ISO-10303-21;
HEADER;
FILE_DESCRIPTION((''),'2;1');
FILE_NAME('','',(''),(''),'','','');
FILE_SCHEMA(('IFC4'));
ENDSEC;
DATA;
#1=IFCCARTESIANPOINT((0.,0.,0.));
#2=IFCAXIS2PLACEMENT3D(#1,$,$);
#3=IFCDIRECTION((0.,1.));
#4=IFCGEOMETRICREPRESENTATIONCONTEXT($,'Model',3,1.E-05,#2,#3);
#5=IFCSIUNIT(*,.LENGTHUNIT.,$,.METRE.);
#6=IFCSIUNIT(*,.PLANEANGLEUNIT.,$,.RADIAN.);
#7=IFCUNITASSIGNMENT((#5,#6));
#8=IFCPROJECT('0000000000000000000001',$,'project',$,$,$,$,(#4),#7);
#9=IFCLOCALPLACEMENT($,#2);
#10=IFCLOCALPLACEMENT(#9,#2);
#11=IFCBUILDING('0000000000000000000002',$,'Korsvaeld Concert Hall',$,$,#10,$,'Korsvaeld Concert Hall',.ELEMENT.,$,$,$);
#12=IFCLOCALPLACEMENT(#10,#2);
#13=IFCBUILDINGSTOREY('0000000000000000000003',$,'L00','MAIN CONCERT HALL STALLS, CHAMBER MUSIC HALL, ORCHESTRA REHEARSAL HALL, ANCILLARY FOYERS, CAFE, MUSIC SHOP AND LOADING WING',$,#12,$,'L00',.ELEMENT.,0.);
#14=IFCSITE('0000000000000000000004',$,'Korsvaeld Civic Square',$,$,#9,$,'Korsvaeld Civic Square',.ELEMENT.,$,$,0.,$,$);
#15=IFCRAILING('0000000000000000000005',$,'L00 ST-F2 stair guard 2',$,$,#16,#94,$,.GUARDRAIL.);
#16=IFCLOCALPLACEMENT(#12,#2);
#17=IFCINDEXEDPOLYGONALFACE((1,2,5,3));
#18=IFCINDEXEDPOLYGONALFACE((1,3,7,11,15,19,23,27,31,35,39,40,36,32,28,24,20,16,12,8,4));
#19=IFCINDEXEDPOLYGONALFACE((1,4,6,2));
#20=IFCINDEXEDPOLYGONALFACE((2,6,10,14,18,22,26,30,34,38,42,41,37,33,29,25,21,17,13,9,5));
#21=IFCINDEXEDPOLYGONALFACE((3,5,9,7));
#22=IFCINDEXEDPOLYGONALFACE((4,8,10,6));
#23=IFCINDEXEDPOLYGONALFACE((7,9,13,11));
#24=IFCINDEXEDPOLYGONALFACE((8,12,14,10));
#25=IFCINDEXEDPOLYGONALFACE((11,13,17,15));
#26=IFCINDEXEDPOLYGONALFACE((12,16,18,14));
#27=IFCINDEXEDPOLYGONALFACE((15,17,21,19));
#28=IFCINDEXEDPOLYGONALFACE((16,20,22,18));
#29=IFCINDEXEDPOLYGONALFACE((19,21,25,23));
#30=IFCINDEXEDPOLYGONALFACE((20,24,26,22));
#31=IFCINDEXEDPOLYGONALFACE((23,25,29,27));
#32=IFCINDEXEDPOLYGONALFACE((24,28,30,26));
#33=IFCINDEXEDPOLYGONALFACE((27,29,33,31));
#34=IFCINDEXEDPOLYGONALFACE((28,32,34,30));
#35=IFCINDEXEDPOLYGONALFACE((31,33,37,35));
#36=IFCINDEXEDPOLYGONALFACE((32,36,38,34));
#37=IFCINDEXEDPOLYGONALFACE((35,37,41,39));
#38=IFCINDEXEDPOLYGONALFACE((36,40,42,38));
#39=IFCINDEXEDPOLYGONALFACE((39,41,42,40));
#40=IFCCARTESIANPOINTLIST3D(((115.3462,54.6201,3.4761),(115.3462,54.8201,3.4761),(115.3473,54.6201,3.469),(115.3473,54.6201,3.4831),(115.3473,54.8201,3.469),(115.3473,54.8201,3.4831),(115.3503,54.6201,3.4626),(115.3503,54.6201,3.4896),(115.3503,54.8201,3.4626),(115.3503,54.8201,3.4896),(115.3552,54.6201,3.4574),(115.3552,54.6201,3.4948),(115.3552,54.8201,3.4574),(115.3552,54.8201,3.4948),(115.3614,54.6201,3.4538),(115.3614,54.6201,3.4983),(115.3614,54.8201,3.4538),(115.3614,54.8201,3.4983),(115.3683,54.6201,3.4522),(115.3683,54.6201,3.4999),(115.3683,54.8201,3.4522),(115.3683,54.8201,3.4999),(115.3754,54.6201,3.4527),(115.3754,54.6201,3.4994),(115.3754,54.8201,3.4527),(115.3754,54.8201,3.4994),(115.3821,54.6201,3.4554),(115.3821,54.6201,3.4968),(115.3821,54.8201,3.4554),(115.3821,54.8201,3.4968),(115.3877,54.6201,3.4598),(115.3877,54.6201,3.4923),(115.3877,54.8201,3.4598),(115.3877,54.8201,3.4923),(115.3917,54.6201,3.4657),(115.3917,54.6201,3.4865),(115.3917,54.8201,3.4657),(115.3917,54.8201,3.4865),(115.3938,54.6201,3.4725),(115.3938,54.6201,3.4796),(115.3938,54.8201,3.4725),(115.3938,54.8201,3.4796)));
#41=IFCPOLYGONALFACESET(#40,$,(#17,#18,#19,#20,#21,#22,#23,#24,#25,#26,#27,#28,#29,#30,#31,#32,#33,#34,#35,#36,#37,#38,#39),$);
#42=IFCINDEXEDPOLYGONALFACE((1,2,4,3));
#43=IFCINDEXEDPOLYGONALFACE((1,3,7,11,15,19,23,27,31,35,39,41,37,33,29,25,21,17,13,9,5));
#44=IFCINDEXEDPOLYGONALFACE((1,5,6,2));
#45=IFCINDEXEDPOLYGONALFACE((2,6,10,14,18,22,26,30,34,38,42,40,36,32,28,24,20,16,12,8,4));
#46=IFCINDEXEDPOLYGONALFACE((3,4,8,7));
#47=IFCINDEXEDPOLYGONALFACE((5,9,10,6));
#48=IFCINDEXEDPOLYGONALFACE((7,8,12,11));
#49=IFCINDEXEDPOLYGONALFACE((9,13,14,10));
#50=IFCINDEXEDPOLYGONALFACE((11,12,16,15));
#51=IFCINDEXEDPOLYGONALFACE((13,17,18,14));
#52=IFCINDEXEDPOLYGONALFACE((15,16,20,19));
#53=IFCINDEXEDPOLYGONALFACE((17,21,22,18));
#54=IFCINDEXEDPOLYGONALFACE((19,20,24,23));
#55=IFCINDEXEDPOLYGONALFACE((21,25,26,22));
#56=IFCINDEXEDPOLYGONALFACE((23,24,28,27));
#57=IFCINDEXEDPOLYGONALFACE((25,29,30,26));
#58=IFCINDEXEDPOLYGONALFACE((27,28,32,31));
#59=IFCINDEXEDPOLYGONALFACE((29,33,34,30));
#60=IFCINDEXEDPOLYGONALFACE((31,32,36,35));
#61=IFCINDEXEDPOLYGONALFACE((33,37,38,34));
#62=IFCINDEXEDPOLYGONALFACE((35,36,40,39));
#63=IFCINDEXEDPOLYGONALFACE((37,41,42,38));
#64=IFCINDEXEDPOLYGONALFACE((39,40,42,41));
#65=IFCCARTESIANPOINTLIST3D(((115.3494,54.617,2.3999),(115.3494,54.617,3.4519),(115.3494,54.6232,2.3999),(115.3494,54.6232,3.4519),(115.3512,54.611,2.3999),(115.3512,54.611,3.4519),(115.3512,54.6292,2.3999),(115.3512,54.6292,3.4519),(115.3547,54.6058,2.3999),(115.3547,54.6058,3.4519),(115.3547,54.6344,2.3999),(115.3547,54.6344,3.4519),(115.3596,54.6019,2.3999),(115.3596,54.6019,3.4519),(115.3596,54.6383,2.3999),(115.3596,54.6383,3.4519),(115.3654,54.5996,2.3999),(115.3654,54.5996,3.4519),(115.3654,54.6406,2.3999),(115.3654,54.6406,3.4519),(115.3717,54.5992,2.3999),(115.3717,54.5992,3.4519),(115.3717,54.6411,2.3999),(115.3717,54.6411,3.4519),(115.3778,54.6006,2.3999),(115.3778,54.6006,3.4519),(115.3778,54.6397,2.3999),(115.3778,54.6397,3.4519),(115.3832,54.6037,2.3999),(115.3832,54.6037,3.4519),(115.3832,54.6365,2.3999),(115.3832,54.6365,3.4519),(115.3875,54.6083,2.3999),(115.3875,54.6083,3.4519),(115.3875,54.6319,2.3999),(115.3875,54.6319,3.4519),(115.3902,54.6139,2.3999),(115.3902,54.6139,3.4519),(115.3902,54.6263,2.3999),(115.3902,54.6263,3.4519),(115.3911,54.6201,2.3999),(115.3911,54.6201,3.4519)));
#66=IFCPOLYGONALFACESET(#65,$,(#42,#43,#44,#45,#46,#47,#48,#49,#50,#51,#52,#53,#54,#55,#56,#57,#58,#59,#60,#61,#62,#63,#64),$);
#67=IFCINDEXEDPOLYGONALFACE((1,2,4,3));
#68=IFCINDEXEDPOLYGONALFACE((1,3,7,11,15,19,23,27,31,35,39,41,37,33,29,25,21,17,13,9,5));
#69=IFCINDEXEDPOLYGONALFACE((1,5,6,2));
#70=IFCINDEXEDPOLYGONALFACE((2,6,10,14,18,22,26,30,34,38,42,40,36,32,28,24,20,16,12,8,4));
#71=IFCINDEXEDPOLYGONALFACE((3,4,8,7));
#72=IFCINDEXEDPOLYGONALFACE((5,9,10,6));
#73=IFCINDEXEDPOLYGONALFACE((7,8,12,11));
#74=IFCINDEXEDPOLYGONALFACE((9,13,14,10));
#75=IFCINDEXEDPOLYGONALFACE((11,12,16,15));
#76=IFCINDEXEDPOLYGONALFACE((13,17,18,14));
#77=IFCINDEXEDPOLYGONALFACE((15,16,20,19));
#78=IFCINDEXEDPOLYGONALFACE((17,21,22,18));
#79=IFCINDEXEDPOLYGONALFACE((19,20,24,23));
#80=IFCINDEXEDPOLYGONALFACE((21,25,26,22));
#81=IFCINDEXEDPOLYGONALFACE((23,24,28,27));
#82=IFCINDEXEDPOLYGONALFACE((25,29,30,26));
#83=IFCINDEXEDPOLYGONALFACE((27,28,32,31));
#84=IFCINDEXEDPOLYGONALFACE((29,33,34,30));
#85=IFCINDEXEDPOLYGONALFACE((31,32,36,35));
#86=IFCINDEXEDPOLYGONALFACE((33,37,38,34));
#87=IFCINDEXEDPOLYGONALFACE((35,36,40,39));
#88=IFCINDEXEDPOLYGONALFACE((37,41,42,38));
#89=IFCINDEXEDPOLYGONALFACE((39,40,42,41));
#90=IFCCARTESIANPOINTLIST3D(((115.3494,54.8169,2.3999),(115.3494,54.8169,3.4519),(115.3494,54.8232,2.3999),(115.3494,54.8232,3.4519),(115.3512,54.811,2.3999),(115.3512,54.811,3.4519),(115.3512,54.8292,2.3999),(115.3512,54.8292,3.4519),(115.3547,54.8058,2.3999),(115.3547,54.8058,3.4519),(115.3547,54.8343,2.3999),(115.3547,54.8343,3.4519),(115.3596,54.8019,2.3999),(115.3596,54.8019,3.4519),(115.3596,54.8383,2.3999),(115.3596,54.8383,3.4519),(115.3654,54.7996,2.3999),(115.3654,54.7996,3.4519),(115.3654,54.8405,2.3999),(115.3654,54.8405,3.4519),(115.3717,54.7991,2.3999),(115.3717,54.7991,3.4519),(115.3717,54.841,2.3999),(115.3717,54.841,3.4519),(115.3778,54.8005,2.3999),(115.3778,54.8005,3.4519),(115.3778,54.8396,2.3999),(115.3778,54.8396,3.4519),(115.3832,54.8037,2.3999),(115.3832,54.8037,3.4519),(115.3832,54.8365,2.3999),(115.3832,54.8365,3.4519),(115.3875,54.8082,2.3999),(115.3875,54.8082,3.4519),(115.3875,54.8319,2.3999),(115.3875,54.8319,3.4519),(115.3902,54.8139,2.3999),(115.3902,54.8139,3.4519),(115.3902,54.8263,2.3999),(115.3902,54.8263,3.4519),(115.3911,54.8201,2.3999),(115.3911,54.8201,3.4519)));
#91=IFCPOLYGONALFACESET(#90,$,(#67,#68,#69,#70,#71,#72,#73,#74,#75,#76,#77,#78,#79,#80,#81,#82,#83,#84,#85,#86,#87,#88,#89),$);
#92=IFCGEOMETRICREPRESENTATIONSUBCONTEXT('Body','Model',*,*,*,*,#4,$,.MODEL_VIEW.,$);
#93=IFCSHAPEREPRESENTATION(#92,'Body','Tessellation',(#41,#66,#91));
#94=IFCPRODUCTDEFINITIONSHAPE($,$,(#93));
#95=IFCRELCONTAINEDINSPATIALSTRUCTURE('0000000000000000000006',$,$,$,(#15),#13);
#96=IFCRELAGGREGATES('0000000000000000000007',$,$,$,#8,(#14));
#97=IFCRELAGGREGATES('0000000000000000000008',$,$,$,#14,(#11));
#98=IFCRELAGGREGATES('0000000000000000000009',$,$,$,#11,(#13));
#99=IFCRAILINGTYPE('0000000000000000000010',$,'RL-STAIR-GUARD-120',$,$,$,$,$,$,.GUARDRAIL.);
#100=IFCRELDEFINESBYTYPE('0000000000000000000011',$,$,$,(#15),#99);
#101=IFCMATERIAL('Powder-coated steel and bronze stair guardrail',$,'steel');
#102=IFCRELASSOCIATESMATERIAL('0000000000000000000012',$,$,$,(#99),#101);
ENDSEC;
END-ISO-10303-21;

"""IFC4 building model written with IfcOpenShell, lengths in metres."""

from ifc_helpers import new_model, si_unit, direction, frame, origin, origin_2d, place, context, subcontext, project, spatial, circle, extrude, material, type_object, element, save


model = new_model("IFC4")

# Units and contexts
model_context = context("Model", 3, precision=1e-05, world=origin(), true_north=direction((0.0, 1.0)))
body_context = subcontext(model_context, "Body", "Model", "MODEL_VIEW")
ifc_project = project(units=[si_unit("LENGTHUNIT", "METRE"), si_unit("PLANEANGLEUNIT", "RADIAN")], contexts=[model_context])

# Site, building, storey
site_placement = place(None, origin())
site = spatial("IfcSite", under=ifc_project, at=site_placement, Name="Korsvaeld Civic Square", LongName="Korsvaeld Civic Square", CompositionType="ELEMENT", RefElevation=0.0)
building_placement = place(site_placement, origin())
building = spatial("IfcBuilding", under=site, at=building_placement, Name="Korsvaeld Concert Hall", LongName="Korsvaeld Concert Hall", CompositionType="ELEMENT")
storey_placement = place(building_placement, origin())
storey = spatial("IfcBuildingStorey", under=building, at=storey_placement, Name="L00", Description="MAIN CONCERT HALL STALLS, CHAMBER MUSIC HALL, ORCHESTRA REHEARSAL HALL, ANCILLARY FOYERS, CAFE, MUSIC SHOP AND LOADING WING", LongName="L00", CompositionType="ELEMENT", Elevation=0.0)

# Railing
ifc_material_1 = material(Name="Powder-coated steel and bronze stair guardrail", Category="steel")
railing_type_1 = type_object("IfcRailingType", Name="RL-STAIR-GUARD-120", PredefinedType="GUARDRAIL", material=ifc_material_1)
railing_1_placement = place(storey_placement, frame((115.3701, 54.6201, 2.3999)))
element("IfcRailing", 1, at=railing_1_placement, inside=storey, type_object=railing_type_1, Name="L00 ST-F2 stair guard 2", PredefinedType="GUARDRAIL", context=body_context, shape_type="SweptSolid", body=[
    extrude(circle(Radius=0.0239, at=origin_2d()), frame((0.0, 0.0, 1.0762), z_axis=(0.0, 1.0, 0.0), x_axis=(-1.0, 0.0, 0.0)), (0.0, 0.0, 1.0), 0.2),
    extrude(circle(Radius=0.021, at=origin_2d()), origin(), (0.0, 0.0, 1.0), 1.052),
    extrude(circle(Radius=0.021, at=origin_2d()), frame((0.0, 0.2, 0.0)), (0.0, 0.0, 1.0), 1.052),
])

save(model, "model.ifc")
